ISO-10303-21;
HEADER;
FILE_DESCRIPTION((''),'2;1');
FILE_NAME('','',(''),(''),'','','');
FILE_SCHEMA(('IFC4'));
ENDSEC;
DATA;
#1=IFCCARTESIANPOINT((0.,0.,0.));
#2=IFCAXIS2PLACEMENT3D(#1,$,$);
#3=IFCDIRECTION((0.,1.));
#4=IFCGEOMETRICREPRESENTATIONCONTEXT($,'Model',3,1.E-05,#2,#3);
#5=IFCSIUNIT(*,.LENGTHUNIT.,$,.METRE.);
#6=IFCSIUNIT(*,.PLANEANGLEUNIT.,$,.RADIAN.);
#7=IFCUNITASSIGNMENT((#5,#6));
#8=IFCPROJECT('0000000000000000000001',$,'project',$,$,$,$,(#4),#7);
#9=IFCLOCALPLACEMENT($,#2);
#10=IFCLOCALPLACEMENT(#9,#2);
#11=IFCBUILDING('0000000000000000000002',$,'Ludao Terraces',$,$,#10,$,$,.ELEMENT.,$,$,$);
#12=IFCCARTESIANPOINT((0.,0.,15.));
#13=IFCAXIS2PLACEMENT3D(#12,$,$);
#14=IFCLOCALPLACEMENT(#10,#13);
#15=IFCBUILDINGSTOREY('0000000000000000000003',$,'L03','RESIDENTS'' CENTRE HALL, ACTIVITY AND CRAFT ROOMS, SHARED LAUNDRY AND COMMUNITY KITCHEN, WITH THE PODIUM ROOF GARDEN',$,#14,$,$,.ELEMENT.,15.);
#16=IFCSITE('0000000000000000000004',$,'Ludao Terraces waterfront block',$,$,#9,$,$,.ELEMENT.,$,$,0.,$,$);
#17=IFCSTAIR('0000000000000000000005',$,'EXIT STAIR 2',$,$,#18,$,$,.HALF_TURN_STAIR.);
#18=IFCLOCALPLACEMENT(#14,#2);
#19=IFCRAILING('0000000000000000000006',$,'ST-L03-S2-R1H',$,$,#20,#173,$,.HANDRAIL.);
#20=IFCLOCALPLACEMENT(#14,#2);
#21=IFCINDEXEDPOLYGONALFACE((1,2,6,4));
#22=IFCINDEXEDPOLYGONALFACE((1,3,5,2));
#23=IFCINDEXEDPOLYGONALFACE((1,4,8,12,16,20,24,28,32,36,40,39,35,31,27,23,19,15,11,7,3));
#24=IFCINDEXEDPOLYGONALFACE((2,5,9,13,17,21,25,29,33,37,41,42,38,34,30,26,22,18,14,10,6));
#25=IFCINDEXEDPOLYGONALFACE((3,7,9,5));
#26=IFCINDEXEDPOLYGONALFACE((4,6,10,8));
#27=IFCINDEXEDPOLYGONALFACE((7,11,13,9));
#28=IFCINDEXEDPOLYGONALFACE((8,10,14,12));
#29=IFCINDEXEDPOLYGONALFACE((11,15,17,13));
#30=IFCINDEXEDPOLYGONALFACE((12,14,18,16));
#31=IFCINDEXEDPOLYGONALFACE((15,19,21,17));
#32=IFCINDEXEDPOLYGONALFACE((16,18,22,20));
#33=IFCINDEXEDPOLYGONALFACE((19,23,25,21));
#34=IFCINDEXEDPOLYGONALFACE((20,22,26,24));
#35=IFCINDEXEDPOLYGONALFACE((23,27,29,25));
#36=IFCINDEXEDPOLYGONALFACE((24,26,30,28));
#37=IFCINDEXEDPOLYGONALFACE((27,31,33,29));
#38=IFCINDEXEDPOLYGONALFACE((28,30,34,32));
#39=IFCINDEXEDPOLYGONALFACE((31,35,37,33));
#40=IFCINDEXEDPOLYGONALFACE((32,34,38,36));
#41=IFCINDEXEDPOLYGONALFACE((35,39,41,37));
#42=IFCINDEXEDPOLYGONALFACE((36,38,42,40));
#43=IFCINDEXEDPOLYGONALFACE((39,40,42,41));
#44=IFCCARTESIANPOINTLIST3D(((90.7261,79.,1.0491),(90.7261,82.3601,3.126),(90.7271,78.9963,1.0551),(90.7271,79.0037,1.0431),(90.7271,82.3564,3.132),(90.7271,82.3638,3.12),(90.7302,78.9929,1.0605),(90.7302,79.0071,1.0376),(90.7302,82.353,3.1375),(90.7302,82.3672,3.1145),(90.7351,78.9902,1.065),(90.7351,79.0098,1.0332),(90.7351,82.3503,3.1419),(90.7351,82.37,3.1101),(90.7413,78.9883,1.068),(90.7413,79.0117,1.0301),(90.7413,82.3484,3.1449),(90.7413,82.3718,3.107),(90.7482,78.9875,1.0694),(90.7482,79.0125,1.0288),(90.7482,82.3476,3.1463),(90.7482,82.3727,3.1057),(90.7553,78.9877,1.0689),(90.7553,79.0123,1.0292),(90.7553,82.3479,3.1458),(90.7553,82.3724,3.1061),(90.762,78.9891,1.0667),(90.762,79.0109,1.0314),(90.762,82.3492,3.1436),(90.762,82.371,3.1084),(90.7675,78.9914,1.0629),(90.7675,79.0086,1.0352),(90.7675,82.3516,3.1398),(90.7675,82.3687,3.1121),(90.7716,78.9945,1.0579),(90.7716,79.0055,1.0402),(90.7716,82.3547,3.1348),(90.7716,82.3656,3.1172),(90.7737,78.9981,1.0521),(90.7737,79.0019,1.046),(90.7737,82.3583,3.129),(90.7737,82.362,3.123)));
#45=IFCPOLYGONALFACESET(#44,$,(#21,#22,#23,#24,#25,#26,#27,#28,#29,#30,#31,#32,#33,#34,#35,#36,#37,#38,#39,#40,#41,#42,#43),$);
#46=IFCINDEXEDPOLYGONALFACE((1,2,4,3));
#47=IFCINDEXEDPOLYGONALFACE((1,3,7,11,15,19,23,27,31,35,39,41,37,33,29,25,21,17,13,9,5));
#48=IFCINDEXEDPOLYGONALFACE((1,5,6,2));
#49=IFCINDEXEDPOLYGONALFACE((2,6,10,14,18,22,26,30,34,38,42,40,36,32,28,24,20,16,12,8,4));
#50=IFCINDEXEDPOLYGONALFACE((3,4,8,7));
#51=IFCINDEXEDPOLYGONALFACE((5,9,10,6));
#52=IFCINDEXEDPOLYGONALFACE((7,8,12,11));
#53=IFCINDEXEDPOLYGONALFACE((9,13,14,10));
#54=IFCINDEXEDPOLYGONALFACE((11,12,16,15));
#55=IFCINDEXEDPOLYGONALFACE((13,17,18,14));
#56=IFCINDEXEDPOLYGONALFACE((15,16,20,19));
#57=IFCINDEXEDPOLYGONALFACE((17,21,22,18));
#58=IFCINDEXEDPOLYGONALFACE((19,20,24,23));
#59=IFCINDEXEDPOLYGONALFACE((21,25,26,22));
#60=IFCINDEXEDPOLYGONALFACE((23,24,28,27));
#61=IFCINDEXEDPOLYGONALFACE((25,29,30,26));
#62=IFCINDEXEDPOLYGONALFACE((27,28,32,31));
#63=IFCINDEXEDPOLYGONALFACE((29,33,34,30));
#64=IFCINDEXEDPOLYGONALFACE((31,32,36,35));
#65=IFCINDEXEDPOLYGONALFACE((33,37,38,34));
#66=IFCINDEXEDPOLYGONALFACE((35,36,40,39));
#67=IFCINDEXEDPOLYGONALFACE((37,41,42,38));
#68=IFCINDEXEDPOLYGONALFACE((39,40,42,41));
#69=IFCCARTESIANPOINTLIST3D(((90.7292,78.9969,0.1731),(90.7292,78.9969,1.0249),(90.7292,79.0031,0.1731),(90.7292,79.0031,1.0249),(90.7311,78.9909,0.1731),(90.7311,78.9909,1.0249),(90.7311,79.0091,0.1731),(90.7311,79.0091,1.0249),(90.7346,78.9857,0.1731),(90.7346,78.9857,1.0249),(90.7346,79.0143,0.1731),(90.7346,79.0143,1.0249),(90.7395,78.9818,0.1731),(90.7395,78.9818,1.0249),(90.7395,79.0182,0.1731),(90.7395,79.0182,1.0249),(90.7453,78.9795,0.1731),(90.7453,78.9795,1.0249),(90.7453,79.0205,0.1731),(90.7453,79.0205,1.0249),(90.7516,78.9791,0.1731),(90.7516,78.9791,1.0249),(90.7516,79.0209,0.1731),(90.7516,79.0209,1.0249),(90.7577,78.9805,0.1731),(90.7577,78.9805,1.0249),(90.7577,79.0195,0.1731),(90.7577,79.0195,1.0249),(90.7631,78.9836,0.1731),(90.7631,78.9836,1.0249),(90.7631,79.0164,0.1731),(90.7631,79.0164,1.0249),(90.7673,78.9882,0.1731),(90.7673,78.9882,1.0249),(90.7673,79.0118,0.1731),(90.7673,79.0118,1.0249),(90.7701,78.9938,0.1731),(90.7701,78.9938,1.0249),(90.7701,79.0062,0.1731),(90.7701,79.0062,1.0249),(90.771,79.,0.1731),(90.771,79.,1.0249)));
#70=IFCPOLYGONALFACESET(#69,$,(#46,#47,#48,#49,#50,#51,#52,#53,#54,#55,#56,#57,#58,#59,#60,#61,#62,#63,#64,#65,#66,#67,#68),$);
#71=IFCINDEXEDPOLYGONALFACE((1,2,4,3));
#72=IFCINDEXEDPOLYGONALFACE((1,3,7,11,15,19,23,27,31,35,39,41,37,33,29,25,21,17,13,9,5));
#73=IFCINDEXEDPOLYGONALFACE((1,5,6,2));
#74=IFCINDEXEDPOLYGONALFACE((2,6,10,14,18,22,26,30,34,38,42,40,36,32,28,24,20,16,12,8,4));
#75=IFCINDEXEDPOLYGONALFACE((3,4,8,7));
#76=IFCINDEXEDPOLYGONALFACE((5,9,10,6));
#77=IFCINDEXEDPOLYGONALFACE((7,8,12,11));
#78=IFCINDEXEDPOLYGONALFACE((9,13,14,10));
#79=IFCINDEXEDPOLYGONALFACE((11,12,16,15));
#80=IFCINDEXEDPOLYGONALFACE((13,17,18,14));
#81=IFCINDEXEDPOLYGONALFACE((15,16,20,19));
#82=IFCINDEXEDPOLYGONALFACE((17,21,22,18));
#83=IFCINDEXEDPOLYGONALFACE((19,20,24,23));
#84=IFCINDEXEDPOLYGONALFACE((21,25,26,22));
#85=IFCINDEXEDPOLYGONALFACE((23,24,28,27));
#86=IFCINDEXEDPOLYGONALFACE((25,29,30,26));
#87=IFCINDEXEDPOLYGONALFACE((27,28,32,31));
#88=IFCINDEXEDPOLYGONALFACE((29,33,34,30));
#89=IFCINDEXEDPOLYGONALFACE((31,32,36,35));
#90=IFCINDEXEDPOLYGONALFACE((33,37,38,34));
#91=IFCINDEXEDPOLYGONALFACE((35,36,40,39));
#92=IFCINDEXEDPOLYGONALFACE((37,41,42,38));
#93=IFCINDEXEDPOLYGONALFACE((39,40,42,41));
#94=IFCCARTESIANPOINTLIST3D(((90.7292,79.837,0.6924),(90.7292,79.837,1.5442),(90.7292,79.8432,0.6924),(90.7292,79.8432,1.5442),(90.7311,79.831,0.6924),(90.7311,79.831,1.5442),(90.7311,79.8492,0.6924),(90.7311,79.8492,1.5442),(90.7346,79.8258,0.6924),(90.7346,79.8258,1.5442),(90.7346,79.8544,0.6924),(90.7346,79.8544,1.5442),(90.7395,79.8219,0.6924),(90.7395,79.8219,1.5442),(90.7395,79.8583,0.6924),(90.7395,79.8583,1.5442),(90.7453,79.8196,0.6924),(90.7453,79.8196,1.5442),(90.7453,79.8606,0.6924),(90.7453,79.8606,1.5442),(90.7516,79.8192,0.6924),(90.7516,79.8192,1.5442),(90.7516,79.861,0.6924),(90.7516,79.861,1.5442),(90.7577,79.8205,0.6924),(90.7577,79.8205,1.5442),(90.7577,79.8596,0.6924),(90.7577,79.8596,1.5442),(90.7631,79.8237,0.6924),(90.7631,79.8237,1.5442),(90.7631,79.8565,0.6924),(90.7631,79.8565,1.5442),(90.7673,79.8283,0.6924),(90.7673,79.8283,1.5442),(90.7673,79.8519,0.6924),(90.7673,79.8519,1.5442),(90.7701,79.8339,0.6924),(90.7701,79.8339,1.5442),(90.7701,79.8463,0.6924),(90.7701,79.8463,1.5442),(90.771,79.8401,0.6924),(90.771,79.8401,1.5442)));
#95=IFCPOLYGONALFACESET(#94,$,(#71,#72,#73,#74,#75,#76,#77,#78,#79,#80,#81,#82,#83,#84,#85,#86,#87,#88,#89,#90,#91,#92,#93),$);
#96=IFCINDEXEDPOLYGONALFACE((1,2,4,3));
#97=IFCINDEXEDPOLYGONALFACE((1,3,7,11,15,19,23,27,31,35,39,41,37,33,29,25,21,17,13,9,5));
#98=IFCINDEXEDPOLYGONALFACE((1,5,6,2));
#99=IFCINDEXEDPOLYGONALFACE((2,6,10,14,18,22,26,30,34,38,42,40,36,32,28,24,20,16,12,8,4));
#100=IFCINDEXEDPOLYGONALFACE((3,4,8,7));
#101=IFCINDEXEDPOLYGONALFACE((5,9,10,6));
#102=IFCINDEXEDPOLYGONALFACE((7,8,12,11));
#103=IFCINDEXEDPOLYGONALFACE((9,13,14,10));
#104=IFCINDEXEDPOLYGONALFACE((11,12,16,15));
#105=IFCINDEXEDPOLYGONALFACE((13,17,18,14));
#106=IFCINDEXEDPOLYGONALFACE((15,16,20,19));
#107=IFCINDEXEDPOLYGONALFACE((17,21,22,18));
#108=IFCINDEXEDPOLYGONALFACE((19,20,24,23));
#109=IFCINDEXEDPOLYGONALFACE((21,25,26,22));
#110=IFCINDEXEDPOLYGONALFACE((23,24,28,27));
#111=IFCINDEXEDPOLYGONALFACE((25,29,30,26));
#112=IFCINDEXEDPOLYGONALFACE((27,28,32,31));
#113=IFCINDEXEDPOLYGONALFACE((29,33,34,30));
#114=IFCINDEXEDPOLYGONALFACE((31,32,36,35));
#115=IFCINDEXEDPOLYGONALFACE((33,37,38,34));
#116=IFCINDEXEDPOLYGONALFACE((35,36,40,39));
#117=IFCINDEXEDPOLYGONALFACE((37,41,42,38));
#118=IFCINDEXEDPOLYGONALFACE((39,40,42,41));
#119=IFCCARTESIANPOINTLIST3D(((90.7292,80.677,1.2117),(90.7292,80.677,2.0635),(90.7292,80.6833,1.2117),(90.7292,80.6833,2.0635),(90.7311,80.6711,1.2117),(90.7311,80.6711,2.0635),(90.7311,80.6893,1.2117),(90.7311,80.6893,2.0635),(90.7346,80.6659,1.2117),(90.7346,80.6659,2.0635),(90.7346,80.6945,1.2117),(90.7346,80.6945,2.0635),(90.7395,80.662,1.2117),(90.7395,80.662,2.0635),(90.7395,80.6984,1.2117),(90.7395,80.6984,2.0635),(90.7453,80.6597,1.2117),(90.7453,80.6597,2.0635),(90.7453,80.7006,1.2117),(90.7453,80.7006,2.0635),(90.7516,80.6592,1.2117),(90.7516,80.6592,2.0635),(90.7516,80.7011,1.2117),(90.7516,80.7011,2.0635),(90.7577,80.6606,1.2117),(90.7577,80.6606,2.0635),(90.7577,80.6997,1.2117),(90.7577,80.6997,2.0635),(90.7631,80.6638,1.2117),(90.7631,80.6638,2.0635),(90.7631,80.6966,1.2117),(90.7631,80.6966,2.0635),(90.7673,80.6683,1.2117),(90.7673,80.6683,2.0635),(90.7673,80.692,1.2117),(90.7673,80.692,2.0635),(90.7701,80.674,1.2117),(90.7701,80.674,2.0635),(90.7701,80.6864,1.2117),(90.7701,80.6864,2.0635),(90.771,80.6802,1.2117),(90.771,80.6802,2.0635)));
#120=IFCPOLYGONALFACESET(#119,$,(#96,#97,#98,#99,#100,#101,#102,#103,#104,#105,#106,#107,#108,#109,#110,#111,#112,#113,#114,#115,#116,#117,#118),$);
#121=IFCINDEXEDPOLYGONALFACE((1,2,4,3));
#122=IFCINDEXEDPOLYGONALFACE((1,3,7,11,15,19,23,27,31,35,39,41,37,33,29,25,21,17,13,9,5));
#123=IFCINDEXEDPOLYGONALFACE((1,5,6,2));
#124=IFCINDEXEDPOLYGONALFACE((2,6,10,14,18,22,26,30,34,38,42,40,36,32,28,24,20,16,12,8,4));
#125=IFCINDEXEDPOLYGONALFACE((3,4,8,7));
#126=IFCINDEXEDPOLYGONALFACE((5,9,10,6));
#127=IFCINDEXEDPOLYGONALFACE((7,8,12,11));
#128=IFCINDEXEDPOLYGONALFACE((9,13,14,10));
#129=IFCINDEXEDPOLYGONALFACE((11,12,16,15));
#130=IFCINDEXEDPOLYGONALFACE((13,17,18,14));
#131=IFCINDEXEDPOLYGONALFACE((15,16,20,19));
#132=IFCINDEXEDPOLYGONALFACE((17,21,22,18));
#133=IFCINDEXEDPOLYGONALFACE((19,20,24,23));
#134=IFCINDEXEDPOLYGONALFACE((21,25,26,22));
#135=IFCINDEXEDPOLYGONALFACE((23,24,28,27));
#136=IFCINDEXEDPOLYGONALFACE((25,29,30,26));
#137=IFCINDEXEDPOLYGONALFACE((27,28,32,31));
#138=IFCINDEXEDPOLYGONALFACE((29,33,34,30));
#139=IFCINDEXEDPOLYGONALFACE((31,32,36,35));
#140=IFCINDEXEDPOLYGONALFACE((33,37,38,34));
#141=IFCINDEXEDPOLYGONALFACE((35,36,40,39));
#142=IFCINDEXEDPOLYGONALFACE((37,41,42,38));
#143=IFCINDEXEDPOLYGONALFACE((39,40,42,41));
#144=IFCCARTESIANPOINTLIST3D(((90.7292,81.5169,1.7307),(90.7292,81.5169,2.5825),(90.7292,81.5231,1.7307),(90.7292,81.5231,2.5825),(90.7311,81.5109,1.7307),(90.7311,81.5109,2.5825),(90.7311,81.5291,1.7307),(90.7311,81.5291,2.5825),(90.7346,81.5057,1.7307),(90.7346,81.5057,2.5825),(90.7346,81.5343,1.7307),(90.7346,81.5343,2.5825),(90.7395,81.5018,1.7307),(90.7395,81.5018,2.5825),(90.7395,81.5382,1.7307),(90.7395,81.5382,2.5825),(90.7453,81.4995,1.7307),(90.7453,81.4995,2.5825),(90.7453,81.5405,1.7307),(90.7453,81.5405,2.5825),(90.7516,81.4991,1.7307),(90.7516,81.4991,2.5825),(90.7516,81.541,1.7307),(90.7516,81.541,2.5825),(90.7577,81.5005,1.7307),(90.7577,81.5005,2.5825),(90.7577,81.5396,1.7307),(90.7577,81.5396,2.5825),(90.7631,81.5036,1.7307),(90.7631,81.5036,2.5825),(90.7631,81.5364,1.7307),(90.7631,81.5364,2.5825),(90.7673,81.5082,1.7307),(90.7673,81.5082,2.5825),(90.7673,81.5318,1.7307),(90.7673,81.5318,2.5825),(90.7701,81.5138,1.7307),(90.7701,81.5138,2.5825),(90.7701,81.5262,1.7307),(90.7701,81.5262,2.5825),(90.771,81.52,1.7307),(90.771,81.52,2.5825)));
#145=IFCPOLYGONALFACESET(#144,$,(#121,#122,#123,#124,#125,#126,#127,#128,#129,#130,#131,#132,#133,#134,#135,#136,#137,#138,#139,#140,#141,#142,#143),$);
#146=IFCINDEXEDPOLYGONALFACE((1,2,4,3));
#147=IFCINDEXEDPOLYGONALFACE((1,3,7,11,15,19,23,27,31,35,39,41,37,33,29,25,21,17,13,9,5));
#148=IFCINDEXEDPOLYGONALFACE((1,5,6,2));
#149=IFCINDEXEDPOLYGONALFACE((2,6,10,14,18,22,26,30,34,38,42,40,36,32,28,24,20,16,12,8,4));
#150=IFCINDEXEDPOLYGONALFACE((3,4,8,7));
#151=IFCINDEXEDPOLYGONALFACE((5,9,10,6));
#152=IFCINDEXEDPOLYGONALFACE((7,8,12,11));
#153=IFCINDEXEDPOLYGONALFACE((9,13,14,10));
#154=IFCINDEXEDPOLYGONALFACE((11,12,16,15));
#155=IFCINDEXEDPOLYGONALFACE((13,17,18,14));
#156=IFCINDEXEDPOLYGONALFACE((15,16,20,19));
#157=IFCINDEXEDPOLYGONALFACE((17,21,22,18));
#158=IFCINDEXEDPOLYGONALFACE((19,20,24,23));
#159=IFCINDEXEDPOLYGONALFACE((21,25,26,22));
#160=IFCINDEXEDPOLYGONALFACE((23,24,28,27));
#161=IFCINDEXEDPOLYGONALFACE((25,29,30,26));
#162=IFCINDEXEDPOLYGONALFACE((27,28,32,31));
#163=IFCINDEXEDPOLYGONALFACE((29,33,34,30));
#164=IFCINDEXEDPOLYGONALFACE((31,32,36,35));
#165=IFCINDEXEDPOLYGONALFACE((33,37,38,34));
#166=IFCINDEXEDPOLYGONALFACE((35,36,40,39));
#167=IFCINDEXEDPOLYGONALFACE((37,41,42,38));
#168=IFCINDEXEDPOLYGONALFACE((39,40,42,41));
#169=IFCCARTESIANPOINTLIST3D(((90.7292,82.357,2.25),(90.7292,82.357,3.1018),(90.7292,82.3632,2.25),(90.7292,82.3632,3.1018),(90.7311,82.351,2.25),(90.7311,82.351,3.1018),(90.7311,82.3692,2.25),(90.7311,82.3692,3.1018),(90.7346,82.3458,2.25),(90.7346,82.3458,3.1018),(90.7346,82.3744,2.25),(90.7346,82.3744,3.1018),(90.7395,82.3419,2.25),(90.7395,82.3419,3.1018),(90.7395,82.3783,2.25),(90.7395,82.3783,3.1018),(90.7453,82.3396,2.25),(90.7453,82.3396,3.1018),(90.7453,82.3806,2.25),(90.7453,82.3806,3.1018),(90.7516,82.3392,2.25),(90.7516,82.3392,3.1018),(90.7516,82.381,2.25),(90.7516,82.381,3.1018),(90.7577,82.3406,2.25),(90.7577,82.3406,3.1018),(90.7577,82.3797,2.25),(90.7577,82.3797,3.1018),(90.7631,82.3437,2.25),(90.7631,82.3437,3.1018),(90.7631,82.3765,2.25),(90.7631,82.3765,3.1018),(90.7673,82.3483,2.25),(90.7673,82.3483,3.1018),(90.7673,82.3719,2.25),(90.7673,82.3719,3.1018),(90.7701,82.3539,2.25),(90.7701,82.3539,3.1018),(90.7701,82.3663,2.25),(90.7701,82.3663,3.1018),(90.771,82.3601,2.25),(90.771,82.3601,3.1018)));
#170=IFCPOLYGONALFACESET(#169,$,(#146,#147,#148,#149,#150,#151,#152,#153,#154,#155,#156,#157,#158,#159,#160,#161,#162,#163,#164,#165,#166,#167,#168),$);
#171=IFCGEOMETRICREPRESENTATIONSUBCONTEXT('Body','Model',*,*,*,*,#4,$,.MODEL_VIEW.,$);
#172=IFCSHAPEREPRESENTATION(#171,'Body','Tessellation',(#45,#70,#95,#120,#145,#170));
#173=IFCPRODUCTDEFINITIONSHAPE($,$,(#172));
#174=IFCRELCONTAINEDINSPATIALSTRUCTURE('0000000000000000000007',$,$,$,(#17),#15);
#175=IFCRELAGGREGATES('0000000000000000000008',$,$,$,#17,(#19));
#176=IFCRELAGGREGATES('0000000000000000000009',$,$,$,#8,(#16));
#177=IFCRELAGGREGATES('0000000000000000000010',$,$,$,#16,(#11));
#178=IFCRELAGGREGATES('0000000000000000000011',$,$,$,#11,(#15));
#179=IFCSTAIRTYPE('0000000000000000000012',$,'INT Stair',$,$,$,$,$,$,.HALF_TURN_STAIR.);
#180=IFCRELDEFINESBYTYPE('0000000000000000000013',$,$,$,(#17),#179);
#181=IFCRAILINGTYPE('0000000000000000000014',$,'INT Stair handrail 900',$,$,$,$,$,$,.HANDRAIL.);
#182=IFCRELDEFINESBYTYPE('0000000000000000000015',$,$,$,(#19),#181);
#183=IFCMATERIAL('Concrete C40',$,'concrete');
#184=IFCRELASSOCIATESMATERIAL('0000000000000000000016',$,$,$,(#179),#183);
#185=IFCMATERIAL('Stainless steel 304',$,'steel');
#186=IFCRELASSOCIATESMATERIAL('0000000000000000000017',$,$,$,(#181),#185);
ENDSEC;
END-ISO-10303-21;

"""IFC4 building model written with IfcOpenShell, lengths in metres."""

from ifc_helpers import new_model, si_unit, direction, frame, origin, origin_2d, place, context, subcontext, project, spatial, circle, extrude, material, type_object, element, aggregate, save


model = new_model("IFC4")

# Units and contexts
model_context = context("Model", 3, precision=1e-05, world=origin(), true_north=direction((0.0, 1.0)))
body_context = subcontext(model_context, "Body", "Model", "MODEL_VIEW")
ifc_project = project(units=[si_unit("LENGTHUNIT", "METRE"), si_unit("PLANEANGLEUNIT", "RADIAN")], contexts=[model_context])

# Site, building, storey
site_placement = place(None, origin())
site = spatial("IfcSite", under=ifc_project, at=site_placement, Name="Ludao Terraces waterfront block", CompositionType="ELEMENT", RefElevation=0.0)
building_placement = place(site_placement, origin())
building = spatial("IfcBuilding", under=site, at=building_placement, Name="Ludao Terraces", CompositionType="ELEMENT")
storey_placement = place(building_placement, frame((0.0, 0.0, 15.0)))
storey = spatial("IfcBuildingStorey", under=building, at=storey_placement, Name="L03", Description="RESIDENTS' CENTRE HALL, ACTIVITY AND CRAFT ROOMS, SHARED LAUNDRY AND COMMUNITY KITCHEN, WITH THE PODIUM ROOF GARDEN", CompositionType="ELEMENT", Elevation=15.0)

# Stair, railing
ifc_material_1 = material(Name="Concrete C40", Category="concrete")
stair_type = type_object("IfcStairType", Name="INT Stair", PredefinedType="HALF_TURN_STAIR", material=ifc_material_1)
stair_placement = place(storey_placement, origin())
stair = element("IfcStair", 1, at=stair_placement, inside=storey, type_object=stair_type, Name="EXIT STAIR 2", PredefinedType="HALF_TURN_STAIR")
ifc_material_2 = material(Name="Stainless steel 304", Category="steel")
railing_type_1 = type_object("IfcRailingType", Name="INT Stair handrail 900", PredefinedType="HANDRAIL", material=ifc_material_2)
railing_1_placement = place(storey_placement, frame((90.75, 79.0, 0.1731)))
railing_1 = element("IfcRailing", 2, at=railing_1_placement, type_object=railing_type_1, Name="ST-L03-S2-R1H", PredefinedType="HANDRAIL", context=body_context, shape_type="SweptSolid", body=[
    extrude(circle(Radius=0.0239, at=origin_2d()), frame((0.0, 0.0, 0.876), z_axis=(0.0, 0.850623, 0.525776), x_axis=(-1.0, 0.0, 0.0)), (0.0, 0.0, 1.0), 3.9502),
    extrude(circle(Radius=0.021, at=origin_2d()), origin(), (0.0, 0.0, 1.0), 0.8518),
    extrude(circle(Radius=0.021, at=origin_2d()), frame((0.0, 0.8401, 0.5193)), (0.0, 0.0, 1.0), 0.8518),
    extrude(circle(Radius=0.021, at=origin_2d()), frame((0.0, 1.6802, 1.0386)), (0.0, 0.0, 1.0), 0.8518),
    extrude(circle(Radius=0.021, at=origin_2d()), frame((0.0, 2.52, 1.5576)), (0.0, 0.0, 1.0), 0.8518),
    extrude(circle(Radius=0.021, at=origin_2d()), frame((0.0, 3.3601, 2.0769)), (0.0, 0.0, 1.0), 0.8518),
])
aggregate(stair, [railing_1])

save(model, "model.ifc")
